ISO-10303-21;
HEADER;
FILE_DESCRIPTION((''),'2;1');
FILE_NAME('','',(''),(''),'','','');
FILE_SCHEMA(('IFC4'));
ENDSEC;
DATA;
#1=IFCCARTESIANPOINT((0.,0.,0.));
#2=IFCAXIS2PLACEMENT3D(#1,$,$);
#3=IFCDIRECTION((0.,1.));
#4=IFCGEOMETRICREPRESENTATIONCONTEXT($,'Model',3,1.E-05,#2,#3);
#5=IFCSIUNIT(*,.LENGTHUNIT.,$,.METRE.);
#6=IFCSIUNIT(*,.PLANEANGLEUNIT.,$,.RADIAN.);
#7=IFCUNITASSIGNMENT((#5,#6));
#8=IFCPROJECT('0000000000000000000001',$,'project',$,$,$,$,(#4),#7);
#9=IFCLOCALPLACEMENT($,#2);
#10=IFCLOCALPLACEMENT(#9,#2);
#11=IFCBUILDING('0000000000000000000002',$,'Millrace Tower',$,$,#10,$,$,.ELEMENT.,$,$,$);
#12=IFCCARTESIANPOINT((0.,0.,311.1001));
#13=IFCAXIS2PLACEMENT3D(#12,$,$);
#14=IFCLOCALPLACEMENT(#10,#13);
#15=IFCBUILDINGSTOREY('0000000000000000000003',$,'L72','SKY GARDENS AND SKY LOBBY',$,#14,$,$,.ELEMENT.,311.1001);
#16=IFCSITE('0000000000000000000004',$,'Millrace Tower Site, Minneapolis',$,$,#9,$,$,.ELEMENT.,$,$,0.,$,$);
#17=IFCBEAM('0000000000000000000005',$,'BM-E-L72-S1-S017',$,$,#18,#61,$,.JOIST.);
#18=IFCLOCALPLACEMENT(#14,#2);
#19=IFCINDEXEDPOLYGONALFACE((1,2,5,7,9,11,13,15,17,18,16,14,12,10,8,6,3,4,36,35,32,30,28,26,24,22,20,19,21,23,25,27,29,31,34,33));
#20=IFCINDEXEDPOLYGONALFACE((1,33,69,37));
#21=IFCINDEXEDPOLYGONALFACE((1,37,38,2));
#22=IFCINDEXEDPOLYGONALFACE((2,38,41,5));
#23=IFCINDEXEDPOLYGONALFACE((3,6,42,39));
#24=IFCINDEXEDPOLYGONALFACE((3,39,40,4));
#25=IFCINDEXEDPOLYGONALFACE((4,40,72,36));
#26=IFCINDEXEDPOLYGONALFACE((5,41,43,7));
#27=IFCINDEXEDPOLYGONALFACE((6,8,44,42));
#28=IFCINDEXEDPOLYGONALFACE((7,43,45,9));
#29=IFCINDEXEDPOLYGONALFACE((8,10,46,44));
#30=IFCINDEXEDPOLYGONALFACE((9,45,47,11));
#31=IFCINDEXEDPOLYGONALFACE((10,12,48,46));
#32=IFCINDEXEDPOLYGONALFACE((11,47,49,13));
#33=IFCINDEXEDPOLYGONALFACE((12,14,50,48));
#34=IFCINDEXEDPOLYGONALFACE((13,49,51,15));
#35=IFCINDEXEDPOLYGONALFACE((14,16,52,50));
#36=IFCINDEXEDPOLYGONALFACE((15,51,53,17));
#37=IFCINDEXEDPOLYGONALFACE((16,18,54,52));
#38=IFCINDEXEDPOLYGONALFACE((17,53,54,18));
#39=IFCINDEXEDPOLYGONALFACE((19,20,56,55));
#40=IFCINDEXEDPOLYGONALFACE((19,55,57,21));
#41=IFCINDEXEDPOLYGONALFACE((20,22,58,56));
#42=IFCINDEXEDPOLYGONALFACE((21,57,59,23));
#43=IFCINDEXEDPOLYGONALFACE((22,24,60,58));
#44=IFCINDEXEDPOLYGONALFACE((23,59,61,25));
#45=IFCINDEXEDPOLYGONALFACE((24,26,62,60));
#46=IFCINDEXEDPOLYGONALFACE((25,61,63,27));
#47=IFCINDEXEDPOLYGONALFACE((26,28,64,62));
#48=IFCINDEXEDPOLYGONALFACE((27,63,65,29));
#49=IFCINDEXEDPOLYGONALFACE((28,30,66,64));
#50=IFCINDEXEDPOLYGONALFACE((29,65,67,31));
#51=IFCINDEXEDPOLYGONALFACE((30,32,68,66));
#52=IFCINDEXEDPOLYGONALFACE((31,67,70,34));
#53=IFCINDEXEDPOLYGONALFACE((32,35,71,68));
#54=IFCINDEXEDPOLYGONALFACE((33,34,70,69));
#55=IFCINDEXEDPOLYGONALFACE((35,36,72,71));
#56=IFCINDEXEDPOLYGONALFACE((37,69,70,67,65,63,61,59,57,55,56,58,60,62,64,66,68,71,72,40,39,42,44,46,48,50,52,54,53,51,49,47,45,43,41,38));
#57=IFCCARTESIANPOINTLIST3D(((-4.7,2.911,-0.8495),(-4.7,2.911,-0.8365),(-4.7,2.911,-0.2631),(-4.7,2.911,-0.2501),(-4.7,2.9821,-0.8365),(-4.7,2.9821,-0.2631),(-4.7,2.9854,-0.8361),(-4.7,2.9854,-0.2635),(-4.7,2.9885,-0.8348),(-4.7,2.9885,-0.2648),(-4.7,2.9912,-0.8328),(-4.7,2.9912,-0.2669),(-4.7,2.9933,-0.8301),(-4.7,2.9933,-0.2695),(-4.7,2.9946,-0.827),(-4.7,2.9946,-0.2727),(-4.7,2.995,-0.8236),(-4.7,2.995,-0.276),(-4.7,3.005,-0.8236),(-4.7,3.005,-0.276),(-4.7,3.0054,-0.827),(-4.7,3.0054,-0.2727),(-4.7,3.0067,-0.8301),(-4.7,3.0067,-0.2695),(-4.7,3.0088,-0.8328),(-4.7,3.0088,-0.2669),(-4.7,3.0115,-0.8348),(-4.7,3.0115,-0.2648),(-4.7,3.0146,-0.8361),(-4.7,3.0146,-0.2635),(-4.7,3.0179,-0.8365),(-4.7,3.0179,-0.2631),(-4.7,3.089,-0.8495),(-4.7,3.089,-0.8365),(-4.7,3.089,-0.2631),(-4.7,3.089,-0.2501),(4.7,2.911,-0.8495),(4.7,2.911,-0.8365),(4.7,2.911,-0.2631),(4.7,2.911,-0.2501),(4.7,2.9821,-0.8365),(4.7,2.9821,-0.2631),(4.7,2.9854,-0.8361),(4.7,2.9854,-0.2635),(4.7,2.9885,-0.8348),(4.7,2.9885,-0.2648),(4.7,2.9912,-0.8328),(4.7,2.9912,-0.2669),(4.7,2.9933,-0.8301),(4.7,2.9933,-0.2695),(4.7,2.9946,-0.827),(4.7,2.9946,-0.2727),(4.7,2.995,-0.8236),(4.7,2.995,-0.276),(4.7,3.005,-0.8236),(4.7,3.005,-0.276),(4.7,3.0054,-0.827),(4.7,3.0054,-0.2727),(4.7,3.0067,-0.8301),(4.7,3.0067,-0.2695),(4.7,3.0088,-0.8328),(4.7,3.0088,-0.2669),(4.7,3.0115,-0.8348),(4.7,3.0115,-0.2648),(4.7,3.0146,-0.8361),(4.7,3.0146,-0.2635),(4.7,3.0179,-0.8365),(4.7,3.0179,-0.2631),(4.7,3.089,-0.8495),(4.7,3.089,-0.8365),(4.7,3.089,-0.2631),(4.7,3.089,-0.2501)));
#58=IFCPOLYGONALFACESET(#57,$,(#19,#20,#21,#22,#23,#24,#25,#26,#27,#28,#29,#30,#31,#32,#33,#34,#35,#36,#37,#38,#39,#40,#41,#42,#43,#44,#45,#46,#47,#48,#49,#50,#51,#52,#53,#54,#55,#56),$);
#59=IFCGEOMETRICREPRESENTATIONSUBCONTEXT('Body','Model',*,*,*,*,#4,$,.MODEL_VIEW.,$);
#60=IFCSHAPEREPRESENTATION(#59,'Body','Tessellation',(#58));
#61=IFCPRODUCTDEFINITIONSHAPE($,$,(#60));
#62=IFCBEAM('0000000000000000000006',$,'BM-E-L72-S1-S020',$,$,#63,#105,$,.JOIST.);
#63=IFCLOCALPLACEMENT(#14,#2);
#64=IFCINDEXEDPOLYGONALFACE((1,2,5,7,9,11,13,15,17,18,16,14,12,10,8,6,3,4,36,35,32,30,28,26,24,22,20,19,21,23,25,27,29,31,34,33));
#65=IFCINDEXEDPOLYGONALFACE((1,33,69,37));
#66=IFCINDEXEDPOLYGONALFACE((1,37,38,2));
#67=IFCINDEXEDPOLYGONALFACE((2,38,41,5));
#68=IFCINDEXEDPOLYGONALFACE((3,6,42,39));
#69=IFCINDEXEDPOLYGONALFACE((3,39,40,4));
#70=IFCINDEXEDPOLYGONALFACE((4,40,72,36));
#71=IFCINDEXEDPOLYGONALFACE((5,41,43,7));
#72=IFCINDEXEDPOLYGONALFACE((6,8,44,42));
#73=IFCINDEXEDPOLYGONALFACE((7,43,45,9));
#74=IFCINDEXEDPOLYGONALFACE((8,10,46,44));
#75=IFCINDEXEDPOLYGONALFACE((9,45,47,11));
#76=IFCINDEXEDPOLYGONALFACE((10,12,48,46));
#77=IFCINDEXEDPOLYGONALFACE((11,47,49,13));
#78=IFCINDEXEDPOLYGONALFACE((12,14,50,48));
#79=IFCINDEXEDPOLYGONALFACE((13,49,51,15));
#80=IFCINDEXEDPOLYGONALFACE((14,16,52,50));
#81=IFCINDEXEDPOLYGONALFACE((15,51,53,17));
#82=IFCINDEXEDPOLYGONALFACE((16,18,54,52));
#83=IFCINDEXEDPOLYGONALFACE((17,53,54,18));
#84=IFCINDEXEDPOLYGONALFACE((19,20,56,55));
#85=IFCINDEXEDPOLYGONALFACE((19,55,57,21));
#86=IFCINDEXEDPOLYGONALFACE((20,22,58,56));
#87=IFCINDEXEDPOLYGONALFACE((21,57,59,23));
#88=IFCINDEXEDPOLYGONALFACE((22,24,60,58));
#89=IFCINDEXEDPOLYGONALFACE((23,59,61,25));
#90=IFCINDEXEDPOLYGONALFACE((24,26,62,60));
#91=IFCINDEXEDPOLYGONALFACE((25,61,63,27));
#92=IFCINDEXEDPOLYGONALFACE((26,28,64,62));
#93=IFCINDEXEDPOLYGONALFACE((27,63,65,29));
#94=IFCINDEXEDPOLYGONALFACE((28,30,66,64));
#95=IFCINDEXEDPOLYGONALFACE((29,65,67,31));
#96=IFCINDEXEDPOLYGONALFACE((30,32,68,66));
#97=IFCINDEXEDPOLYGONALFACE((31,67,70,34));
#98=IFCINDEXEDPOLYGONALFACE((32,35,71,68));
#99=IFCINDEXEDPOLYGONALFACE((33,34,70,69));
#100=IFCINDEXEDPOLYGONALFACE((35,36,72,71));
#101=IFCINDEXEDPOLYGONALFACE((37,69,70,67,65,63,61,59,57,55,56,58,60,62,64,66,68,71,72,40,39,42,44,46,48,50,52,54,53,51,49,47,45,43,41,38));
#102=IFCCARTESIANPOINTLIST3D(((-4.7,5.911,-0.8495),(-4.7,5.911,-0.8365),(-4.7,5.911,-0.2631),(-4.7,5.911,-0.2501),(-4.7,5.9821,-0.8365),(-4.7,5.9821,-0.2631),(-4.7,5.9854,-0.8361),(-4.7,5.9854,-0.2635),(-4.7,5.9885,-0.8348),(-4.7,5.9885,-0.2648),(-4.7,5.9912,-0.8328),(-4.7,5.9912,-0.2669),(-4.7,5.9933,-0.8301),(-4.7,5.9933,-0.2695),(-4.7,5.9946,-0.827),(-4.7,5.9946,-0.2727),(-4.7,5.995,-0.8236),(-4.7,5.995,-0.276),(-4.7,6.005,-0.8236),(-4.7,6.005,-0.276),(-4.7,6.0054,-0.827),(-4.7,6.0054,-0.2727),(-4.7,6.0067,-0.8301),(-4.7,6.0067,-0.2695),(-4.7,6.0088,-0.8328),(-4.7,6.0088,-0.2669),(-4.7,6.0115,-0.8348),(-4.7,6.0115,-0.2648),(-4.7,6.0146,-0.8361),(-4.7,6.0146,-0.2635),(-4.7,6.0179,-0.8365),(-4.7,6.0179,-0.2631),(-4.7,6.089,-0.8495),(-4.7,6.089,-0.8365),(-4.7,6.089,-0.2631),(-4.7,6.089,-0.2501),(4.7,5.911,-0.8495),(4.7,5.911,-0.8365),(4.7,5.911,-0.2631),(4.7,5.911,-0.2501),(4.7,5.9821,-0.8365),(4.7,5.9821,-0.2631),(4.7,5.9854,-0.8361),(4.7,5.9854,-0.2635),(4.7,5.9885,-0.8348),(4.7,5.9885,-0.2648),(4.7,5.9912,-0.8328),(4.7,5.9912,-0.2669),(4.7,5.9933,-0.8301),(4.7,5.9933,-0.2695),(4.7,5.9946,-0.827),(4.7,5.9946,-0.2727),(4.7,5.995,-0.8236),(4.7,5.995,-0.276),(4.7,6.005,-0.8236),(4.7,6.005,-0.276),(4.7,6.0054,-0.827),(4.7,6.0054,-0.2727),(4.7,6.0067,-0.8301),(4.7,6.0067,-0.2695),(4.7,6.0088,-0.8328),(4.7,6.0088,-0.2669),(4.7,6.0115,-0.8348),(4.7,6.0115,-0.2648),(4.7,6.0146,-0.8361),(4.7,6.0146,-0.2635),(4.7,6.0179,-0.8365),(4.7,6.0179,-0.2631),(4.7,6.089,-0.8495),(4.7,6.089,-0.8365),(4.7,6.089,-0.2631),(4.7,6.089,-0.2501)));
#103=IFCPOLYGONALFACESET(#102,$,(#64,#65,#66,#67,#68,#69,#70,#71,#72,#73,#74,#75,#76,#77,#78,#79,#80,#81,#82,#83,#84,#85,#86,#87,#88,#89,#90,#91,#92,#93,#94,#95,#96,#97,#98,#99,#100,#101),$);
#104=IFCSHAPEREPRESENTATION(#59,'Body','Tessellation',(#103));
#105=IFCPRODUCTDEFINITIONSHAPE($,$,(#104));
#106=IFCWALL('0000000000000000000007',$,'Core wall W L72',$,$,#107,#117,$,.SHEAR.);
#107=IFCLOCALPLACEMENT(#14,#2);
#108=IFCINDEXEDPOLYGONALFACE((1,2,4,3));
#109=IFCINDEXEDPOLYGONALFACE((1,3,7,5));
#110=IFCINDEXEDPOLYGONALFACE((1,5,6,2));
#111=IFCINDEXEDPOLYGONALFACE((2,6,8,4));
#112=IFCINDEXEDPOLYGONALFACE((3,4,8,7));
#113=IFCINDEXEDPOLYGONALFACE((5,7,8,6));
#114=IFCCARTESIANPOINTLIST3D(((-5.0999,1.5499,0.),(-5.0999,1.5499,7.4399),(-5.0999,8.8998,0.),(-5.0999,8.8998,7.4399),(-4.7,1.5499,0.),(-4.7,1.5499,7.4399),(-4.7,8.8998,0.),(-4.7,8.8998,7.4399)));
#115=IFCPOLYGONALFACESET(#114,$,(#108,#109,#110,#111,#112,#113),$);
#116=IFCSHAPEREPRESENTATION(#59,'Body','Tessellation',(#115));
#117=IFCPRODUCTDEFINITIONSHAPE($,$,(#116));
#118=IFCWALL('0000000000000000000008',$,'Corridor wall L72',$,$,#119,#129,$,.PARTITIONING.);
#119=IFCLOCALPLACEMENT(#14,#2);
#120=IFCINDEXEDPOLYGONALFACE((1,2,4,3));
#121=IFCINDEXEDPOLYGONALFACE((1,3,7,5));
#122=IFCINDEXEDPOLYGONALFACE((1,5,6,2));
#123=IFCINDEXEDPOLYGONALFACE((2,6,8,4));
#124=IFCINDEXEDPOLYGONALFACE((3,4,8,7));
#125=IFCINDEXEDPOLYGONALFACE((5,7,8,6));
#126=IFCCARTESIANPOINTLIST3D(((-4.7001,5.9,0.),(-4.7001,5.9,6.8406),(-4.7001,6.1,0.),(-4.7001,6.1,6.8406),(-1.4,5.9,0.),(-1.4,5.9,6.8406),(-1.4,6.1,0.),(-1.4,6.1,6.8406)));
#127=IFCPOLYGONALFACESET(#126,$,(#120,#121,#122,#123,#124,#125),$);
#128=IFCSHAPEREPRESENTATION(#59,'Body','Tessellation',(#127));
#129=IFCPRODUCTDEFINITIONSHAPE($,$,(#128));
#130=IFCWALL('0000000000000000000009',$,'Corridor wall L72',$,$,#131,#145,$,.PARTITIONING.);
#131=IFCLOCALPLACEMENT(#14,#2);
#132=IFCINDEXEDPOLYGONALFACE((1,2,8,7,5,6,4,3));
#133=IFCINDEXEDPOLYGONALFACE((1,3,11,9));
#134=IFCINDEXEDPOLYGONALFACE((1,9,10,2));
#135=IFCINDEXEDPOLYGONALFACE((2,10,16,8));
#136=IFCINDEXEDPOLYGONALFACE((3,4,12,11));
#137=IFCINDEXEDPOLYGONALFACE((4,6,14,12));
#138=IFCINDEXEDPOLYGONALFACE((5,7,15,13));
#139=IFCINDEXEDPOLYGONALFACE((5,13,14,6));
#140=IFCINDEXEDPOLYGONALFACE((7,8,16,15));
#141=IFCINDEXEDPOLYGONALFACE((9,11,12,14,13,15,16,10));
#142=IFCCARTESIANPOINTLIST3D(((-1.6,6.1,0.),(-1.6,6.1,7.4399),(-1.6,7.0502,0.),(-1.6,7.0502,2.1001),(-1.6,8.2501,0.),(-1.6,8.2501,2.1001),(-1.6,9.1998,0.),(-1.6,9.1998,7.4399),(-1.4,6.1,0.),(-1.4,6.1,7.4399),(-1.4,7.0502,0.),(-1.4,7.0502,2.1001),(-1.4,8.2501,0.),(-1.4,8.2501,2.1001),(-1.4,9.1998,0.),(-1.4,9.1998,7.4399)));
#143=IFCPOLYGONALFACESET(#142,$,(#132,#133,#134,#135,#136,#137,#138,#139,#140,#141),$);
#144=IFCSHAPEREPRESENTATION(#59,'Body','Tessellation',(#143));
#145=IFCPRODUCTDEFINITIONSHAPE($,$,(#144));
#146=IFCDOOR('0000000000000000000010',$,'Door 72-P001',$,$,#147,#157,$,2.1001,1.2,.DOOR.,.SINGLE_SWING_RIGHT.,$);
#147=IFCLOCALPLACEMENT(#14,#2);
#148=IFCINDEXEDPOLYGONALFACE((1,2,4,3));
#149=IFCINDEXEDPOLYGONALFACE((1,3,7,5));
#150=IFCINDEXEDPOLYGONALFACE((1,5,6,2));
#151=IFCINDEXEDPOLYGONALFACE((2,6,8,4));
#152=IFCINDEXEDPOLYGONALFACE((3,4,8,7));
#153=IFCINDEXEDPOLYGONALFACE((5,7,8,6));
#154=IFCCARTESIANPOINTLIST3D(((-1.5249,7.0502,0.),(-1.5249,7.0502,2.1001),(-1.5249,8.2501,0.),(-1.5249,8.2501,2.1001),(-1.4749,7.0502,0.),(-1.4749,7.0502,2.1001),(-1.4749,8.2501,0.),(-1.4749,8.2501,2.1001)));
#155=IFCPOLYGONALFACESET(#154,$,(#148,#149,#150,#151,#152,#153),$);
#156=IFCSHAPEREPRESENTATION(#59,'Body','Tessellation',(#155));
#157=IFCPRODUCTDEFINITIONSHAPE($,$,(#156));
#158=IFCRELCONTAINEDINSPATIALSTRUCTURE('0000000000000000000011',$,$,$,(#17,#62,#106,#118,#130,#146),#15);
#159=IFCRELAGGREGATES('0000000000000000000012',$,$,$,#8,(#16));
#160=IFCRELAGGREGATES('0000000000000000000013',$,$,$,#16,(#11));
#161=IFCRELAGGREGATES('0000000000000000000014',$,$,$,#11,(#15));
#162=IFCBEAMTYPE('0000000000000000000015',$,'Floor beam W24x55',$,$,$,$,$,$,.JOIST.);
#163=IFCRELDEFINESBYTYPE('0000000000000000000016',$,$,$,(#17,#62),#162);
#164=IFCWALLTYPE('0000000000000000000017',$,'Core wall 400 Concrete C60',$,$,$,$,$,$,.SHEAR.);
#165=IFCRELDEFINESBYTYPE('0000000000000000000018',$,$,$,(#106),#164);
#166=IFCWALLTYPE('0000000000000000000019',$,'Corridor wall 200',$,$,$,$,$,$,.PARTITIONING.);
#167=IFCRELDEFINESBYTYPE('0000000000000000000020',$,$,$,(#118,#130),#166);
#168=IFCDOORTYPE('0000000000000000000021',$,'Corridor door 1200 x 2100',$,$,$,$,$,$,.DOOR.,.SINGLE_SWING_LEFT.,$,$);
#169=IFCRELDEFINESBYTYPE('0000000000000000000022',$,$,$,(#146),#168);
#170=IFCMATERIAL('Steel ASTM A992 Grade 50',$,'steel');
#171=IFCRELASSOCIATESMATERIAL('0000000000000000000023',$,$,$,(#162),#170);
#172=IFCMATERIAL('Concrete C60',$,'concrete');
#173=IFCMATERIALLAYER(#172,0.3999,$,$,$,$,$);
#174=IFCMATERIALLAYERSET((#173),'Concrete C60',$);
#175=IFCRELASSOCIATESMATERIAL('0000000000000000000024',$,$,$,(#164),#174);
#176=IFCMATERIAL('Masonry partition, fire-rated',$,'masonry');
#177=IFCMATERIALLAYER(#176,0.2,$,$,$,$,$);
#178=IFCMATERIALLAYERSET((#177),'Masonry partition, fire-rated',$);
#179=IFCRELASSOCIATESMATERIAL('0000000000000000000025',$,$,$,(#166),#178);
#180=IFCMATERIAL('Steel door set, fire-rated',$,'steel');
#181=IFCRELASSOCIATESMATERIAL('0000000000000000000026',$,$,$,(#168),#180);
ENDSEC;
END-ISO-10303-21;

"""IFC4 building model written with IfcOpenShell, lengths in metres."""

from ifc_helpers import new_model, si_unit, direction, frame, frame_2d, origin, origin_2d, place, context, subcontext, project, spatial, rectangle, i_section, extrude, material, layer, layer_set, material_profile, profile_set, type_object, element, fill, save


model = new_model("IFC4")

# Units and contexts
model_context = context("Model", 3, precision=1e-05, world=origin(), true_north=direction((0.0, 1.0)))
body_context = subcontext(model_context, "Body", "Model", "MODEL_VIEW")
ifc_project = project(units=[si_unit("LENGTHUNIT", "METRE"), si_unit("PLANEANGLEUNIT", "RADIAN")], contexts=[model_context])

# Site, building, storey
site_placement = place(None, origin())
site = spatial("IfcSite", under=ifc_project, at=site_placement, Name="Millrace Tower Site, Minneapolis", CompositionType="ELEMENT", RefElevation=0.0)
building_placement = place(site_placement, origin())
building = spatial("IfcBuilding", under=site, at=building_placement, Name="Millrace Tower", CompositionType="ELEMENT")
storey_placement = place(building_placement, frame((0.0, 0.0, 311.1001)))
storey = spatial("IfcBuildingStorey", under=building, at=storey_placement, Name="L72", Description="SKY GARDENS AND SKY LOBBY", CompositionType="ELEMENT", Elevation=311.1001)

# Beams
ifc_material_1 = material(Name="Steel ASTM A992 Grade 50", Category="steel")
ifc_material_profile = material_profile(ifc_material_1, i_section(OverallWidth=0.178, OverallDepth=0.5994, WebThickness=0.01, FlangeThickness=0.0129, FilletRadius=0.0129, at=origin_2d()))
ifc_profile_set = profile_set([ifc_material_profile], Name="Steel ASTM A992 Grade 50")
beam_type = type_object("IfcBeamType", Name="Floor beam W24x55", PredefinedType="JOIST", material=ifc_profile_set)
for number, where, z_axis, x_axis, name in (
    (1, (-4.7, 3.0, -0.5498), (1.0, 0.0, 0.0), (0.0, 1.0, 0.0), "BM-E-L72-S1-S017"),
    (2, (-4.7, 6.0, -0.5498), (1.0, 0.0, 0.0), (0.0, 1.0, 0.0), "BM-E-L72-S1-S020"),
):
    element("IfcBeam", number, at=place(storey_placement, frame(where, z_axis=z_axis, x_axis=x_axis)), inside=storey, type_object=beam_type, Name=name, PredefinedType="JOIST", context=body_context, shape_type="SweptSolid", body=[
        extrude(i_section(OverallWidth=0.178, OverallDepth=0.5994, WebThickness=0.01, FlangeThickness=0.0129, FilletRadius=0.0129, at=origin_2d()), origin(), (0.0, 0.0, 1.0), 9.3999),
    ])

# Walls
ifc_material_2 = material(Name="Concrete C60", Category="concrete")
ifc_layer_1 = layer(ifc_material_2, 0.3999)
ifc_layer_set_1 = layer_set([ifc_layer_1], Name="Concrete C60")
wall_type_1 = type_object("IfcWallType", Name="Core wall 400 Concrete C60", PredefinedType="SHEAR", material=ifc_layer_set_1)
wall_1_placement = place(storey_placement, frame((-4.8999, 1.55, 0.0), z_axis=(0.0, 0.0, 1.0), x_axis=(0.0, 1.0, 0.0)))
element("IfcWall", 3, at=wall_1_placement, inside=storey, type_object=wall_type_1, Name="Core wall W L72", PredefinedType="SHEAR", context=body_context, shape_type="SweptSolid", body=[
    extrude(rectangle(XDim=7.3499, YDim=0.3999, at=frame_2d((3.6748, 0.0))), origin(), (0.0, 0.0, 1.0), 7.4399),
])
ifc_material_3 = material(Name="Masonry partition, fire-rated", Category="masonry")
ifc_layer_2 = layer(ifc_material_3, 0.2)
ifc_layer_set_2 = layer_set([ifc_layer_2], Name="Masonry partition, fire-rated")
wall_type_2 = type_object("IfcWallType", Name="Corridor wall 200", PredefinedType="PARTITIONING", material=ifc_layer_set_2)
wall_2_placement = place(storey_placement, frame((-4.7, 6.0, 0.0), z_axis=(0.0, 0.0, 1.0), x_axis=(1.0, 0.0, 0.0)))
element("IfcWall", 4, at=wall_2_placement, inside=storey, type_object=wall_type_2, Name="Corridor wall L72", PredefinedType="PARTITIONING", context=body_context, shape_type="SweptSolid", body=[
    extrude(rectangle(XDim=3.3, YDim=0.2, at=frame_2d((1.6499, 0.0))), origin(), (0.0, 0.0, 1.0), 6.8406),
])

# Wall, opening, door
wall_3_placement = place(storey_placement, frame((-1.5, 6.1001, 0.0), z_axis=(0.0, 0.0, 1.0), x_axis=(0.0, 1.0, 0.0)))
wall_3 = element("IfcWall", 5, at=wall_3_placement, inside=storey, type_object=wall_type_2, Name="Corridor wall L72", PredefinedType="PARTITIONING", context=body_context, shape_type="SweptSolid", body=[
    extrude(rectangle(XDim=3.0999, YDim=0.2, at=frame_2d((1.5498, 0.0))), origin(), (0.0, 0.0, 1.0), 7.4399),
])
opening_1_placement = place(wall_3_placement, frame((0.95, 0.0, 0.0)))
opening_1 = element("IfcOpeningElement", 6, at=opening_1_placement, cuts=wall_3, PredefinedType="OPENING", context=body_context, shape_type="SweptSolid", body=[
    extrude(rectangle(XDim=1.2, YDim=2.1001, at=frame_2d((0.6001, 1.05))), frame((0.0, 0.1099, 0.0), z_axis=(0.0, -1.0, 0.0), x_axis=(1.0, 0.0, 0.0)), (0.0, 0.0, 1.0), 0.22),
])
ifc_material_4 = material(Name="Steel door set, fire-rated", Category="steel")
door_type_1 = type_object("IfcDoorType", Name="Corridor door 1200 x 2100", OperationType="SINGLE_SWING_LEFT", PredefinedType="DOOR", material=ifc_material_4)
door_1_placement = place(opening_1_placement, origin())
door_1 = element("IfcDoor", 7, at=door_1_placement, inside=storey, type_object=door_type_1, Name="Door 72-P001", OperationType="SINGLE_SWING_RIGHT", OverallHeight=2.1001, OverallWidth=1.2, PredefinedType="DOOR", context=body_context, shape_type="SweptSolid", body=[
    extrude(rectangle(XDim=1.2, YDim=2.1001, at=frame_2d((0.6001, 1.05))), frame((0.0, 0.0249, 0.0), z_axis=(0.0, -1.0, 0.0), x_axis=(1.0, 0.0, 0.0)), (0.0, 0.0, 1.0), 0.05),
])
fill(opening_1, door_1)

save(model, "model.ifc")
